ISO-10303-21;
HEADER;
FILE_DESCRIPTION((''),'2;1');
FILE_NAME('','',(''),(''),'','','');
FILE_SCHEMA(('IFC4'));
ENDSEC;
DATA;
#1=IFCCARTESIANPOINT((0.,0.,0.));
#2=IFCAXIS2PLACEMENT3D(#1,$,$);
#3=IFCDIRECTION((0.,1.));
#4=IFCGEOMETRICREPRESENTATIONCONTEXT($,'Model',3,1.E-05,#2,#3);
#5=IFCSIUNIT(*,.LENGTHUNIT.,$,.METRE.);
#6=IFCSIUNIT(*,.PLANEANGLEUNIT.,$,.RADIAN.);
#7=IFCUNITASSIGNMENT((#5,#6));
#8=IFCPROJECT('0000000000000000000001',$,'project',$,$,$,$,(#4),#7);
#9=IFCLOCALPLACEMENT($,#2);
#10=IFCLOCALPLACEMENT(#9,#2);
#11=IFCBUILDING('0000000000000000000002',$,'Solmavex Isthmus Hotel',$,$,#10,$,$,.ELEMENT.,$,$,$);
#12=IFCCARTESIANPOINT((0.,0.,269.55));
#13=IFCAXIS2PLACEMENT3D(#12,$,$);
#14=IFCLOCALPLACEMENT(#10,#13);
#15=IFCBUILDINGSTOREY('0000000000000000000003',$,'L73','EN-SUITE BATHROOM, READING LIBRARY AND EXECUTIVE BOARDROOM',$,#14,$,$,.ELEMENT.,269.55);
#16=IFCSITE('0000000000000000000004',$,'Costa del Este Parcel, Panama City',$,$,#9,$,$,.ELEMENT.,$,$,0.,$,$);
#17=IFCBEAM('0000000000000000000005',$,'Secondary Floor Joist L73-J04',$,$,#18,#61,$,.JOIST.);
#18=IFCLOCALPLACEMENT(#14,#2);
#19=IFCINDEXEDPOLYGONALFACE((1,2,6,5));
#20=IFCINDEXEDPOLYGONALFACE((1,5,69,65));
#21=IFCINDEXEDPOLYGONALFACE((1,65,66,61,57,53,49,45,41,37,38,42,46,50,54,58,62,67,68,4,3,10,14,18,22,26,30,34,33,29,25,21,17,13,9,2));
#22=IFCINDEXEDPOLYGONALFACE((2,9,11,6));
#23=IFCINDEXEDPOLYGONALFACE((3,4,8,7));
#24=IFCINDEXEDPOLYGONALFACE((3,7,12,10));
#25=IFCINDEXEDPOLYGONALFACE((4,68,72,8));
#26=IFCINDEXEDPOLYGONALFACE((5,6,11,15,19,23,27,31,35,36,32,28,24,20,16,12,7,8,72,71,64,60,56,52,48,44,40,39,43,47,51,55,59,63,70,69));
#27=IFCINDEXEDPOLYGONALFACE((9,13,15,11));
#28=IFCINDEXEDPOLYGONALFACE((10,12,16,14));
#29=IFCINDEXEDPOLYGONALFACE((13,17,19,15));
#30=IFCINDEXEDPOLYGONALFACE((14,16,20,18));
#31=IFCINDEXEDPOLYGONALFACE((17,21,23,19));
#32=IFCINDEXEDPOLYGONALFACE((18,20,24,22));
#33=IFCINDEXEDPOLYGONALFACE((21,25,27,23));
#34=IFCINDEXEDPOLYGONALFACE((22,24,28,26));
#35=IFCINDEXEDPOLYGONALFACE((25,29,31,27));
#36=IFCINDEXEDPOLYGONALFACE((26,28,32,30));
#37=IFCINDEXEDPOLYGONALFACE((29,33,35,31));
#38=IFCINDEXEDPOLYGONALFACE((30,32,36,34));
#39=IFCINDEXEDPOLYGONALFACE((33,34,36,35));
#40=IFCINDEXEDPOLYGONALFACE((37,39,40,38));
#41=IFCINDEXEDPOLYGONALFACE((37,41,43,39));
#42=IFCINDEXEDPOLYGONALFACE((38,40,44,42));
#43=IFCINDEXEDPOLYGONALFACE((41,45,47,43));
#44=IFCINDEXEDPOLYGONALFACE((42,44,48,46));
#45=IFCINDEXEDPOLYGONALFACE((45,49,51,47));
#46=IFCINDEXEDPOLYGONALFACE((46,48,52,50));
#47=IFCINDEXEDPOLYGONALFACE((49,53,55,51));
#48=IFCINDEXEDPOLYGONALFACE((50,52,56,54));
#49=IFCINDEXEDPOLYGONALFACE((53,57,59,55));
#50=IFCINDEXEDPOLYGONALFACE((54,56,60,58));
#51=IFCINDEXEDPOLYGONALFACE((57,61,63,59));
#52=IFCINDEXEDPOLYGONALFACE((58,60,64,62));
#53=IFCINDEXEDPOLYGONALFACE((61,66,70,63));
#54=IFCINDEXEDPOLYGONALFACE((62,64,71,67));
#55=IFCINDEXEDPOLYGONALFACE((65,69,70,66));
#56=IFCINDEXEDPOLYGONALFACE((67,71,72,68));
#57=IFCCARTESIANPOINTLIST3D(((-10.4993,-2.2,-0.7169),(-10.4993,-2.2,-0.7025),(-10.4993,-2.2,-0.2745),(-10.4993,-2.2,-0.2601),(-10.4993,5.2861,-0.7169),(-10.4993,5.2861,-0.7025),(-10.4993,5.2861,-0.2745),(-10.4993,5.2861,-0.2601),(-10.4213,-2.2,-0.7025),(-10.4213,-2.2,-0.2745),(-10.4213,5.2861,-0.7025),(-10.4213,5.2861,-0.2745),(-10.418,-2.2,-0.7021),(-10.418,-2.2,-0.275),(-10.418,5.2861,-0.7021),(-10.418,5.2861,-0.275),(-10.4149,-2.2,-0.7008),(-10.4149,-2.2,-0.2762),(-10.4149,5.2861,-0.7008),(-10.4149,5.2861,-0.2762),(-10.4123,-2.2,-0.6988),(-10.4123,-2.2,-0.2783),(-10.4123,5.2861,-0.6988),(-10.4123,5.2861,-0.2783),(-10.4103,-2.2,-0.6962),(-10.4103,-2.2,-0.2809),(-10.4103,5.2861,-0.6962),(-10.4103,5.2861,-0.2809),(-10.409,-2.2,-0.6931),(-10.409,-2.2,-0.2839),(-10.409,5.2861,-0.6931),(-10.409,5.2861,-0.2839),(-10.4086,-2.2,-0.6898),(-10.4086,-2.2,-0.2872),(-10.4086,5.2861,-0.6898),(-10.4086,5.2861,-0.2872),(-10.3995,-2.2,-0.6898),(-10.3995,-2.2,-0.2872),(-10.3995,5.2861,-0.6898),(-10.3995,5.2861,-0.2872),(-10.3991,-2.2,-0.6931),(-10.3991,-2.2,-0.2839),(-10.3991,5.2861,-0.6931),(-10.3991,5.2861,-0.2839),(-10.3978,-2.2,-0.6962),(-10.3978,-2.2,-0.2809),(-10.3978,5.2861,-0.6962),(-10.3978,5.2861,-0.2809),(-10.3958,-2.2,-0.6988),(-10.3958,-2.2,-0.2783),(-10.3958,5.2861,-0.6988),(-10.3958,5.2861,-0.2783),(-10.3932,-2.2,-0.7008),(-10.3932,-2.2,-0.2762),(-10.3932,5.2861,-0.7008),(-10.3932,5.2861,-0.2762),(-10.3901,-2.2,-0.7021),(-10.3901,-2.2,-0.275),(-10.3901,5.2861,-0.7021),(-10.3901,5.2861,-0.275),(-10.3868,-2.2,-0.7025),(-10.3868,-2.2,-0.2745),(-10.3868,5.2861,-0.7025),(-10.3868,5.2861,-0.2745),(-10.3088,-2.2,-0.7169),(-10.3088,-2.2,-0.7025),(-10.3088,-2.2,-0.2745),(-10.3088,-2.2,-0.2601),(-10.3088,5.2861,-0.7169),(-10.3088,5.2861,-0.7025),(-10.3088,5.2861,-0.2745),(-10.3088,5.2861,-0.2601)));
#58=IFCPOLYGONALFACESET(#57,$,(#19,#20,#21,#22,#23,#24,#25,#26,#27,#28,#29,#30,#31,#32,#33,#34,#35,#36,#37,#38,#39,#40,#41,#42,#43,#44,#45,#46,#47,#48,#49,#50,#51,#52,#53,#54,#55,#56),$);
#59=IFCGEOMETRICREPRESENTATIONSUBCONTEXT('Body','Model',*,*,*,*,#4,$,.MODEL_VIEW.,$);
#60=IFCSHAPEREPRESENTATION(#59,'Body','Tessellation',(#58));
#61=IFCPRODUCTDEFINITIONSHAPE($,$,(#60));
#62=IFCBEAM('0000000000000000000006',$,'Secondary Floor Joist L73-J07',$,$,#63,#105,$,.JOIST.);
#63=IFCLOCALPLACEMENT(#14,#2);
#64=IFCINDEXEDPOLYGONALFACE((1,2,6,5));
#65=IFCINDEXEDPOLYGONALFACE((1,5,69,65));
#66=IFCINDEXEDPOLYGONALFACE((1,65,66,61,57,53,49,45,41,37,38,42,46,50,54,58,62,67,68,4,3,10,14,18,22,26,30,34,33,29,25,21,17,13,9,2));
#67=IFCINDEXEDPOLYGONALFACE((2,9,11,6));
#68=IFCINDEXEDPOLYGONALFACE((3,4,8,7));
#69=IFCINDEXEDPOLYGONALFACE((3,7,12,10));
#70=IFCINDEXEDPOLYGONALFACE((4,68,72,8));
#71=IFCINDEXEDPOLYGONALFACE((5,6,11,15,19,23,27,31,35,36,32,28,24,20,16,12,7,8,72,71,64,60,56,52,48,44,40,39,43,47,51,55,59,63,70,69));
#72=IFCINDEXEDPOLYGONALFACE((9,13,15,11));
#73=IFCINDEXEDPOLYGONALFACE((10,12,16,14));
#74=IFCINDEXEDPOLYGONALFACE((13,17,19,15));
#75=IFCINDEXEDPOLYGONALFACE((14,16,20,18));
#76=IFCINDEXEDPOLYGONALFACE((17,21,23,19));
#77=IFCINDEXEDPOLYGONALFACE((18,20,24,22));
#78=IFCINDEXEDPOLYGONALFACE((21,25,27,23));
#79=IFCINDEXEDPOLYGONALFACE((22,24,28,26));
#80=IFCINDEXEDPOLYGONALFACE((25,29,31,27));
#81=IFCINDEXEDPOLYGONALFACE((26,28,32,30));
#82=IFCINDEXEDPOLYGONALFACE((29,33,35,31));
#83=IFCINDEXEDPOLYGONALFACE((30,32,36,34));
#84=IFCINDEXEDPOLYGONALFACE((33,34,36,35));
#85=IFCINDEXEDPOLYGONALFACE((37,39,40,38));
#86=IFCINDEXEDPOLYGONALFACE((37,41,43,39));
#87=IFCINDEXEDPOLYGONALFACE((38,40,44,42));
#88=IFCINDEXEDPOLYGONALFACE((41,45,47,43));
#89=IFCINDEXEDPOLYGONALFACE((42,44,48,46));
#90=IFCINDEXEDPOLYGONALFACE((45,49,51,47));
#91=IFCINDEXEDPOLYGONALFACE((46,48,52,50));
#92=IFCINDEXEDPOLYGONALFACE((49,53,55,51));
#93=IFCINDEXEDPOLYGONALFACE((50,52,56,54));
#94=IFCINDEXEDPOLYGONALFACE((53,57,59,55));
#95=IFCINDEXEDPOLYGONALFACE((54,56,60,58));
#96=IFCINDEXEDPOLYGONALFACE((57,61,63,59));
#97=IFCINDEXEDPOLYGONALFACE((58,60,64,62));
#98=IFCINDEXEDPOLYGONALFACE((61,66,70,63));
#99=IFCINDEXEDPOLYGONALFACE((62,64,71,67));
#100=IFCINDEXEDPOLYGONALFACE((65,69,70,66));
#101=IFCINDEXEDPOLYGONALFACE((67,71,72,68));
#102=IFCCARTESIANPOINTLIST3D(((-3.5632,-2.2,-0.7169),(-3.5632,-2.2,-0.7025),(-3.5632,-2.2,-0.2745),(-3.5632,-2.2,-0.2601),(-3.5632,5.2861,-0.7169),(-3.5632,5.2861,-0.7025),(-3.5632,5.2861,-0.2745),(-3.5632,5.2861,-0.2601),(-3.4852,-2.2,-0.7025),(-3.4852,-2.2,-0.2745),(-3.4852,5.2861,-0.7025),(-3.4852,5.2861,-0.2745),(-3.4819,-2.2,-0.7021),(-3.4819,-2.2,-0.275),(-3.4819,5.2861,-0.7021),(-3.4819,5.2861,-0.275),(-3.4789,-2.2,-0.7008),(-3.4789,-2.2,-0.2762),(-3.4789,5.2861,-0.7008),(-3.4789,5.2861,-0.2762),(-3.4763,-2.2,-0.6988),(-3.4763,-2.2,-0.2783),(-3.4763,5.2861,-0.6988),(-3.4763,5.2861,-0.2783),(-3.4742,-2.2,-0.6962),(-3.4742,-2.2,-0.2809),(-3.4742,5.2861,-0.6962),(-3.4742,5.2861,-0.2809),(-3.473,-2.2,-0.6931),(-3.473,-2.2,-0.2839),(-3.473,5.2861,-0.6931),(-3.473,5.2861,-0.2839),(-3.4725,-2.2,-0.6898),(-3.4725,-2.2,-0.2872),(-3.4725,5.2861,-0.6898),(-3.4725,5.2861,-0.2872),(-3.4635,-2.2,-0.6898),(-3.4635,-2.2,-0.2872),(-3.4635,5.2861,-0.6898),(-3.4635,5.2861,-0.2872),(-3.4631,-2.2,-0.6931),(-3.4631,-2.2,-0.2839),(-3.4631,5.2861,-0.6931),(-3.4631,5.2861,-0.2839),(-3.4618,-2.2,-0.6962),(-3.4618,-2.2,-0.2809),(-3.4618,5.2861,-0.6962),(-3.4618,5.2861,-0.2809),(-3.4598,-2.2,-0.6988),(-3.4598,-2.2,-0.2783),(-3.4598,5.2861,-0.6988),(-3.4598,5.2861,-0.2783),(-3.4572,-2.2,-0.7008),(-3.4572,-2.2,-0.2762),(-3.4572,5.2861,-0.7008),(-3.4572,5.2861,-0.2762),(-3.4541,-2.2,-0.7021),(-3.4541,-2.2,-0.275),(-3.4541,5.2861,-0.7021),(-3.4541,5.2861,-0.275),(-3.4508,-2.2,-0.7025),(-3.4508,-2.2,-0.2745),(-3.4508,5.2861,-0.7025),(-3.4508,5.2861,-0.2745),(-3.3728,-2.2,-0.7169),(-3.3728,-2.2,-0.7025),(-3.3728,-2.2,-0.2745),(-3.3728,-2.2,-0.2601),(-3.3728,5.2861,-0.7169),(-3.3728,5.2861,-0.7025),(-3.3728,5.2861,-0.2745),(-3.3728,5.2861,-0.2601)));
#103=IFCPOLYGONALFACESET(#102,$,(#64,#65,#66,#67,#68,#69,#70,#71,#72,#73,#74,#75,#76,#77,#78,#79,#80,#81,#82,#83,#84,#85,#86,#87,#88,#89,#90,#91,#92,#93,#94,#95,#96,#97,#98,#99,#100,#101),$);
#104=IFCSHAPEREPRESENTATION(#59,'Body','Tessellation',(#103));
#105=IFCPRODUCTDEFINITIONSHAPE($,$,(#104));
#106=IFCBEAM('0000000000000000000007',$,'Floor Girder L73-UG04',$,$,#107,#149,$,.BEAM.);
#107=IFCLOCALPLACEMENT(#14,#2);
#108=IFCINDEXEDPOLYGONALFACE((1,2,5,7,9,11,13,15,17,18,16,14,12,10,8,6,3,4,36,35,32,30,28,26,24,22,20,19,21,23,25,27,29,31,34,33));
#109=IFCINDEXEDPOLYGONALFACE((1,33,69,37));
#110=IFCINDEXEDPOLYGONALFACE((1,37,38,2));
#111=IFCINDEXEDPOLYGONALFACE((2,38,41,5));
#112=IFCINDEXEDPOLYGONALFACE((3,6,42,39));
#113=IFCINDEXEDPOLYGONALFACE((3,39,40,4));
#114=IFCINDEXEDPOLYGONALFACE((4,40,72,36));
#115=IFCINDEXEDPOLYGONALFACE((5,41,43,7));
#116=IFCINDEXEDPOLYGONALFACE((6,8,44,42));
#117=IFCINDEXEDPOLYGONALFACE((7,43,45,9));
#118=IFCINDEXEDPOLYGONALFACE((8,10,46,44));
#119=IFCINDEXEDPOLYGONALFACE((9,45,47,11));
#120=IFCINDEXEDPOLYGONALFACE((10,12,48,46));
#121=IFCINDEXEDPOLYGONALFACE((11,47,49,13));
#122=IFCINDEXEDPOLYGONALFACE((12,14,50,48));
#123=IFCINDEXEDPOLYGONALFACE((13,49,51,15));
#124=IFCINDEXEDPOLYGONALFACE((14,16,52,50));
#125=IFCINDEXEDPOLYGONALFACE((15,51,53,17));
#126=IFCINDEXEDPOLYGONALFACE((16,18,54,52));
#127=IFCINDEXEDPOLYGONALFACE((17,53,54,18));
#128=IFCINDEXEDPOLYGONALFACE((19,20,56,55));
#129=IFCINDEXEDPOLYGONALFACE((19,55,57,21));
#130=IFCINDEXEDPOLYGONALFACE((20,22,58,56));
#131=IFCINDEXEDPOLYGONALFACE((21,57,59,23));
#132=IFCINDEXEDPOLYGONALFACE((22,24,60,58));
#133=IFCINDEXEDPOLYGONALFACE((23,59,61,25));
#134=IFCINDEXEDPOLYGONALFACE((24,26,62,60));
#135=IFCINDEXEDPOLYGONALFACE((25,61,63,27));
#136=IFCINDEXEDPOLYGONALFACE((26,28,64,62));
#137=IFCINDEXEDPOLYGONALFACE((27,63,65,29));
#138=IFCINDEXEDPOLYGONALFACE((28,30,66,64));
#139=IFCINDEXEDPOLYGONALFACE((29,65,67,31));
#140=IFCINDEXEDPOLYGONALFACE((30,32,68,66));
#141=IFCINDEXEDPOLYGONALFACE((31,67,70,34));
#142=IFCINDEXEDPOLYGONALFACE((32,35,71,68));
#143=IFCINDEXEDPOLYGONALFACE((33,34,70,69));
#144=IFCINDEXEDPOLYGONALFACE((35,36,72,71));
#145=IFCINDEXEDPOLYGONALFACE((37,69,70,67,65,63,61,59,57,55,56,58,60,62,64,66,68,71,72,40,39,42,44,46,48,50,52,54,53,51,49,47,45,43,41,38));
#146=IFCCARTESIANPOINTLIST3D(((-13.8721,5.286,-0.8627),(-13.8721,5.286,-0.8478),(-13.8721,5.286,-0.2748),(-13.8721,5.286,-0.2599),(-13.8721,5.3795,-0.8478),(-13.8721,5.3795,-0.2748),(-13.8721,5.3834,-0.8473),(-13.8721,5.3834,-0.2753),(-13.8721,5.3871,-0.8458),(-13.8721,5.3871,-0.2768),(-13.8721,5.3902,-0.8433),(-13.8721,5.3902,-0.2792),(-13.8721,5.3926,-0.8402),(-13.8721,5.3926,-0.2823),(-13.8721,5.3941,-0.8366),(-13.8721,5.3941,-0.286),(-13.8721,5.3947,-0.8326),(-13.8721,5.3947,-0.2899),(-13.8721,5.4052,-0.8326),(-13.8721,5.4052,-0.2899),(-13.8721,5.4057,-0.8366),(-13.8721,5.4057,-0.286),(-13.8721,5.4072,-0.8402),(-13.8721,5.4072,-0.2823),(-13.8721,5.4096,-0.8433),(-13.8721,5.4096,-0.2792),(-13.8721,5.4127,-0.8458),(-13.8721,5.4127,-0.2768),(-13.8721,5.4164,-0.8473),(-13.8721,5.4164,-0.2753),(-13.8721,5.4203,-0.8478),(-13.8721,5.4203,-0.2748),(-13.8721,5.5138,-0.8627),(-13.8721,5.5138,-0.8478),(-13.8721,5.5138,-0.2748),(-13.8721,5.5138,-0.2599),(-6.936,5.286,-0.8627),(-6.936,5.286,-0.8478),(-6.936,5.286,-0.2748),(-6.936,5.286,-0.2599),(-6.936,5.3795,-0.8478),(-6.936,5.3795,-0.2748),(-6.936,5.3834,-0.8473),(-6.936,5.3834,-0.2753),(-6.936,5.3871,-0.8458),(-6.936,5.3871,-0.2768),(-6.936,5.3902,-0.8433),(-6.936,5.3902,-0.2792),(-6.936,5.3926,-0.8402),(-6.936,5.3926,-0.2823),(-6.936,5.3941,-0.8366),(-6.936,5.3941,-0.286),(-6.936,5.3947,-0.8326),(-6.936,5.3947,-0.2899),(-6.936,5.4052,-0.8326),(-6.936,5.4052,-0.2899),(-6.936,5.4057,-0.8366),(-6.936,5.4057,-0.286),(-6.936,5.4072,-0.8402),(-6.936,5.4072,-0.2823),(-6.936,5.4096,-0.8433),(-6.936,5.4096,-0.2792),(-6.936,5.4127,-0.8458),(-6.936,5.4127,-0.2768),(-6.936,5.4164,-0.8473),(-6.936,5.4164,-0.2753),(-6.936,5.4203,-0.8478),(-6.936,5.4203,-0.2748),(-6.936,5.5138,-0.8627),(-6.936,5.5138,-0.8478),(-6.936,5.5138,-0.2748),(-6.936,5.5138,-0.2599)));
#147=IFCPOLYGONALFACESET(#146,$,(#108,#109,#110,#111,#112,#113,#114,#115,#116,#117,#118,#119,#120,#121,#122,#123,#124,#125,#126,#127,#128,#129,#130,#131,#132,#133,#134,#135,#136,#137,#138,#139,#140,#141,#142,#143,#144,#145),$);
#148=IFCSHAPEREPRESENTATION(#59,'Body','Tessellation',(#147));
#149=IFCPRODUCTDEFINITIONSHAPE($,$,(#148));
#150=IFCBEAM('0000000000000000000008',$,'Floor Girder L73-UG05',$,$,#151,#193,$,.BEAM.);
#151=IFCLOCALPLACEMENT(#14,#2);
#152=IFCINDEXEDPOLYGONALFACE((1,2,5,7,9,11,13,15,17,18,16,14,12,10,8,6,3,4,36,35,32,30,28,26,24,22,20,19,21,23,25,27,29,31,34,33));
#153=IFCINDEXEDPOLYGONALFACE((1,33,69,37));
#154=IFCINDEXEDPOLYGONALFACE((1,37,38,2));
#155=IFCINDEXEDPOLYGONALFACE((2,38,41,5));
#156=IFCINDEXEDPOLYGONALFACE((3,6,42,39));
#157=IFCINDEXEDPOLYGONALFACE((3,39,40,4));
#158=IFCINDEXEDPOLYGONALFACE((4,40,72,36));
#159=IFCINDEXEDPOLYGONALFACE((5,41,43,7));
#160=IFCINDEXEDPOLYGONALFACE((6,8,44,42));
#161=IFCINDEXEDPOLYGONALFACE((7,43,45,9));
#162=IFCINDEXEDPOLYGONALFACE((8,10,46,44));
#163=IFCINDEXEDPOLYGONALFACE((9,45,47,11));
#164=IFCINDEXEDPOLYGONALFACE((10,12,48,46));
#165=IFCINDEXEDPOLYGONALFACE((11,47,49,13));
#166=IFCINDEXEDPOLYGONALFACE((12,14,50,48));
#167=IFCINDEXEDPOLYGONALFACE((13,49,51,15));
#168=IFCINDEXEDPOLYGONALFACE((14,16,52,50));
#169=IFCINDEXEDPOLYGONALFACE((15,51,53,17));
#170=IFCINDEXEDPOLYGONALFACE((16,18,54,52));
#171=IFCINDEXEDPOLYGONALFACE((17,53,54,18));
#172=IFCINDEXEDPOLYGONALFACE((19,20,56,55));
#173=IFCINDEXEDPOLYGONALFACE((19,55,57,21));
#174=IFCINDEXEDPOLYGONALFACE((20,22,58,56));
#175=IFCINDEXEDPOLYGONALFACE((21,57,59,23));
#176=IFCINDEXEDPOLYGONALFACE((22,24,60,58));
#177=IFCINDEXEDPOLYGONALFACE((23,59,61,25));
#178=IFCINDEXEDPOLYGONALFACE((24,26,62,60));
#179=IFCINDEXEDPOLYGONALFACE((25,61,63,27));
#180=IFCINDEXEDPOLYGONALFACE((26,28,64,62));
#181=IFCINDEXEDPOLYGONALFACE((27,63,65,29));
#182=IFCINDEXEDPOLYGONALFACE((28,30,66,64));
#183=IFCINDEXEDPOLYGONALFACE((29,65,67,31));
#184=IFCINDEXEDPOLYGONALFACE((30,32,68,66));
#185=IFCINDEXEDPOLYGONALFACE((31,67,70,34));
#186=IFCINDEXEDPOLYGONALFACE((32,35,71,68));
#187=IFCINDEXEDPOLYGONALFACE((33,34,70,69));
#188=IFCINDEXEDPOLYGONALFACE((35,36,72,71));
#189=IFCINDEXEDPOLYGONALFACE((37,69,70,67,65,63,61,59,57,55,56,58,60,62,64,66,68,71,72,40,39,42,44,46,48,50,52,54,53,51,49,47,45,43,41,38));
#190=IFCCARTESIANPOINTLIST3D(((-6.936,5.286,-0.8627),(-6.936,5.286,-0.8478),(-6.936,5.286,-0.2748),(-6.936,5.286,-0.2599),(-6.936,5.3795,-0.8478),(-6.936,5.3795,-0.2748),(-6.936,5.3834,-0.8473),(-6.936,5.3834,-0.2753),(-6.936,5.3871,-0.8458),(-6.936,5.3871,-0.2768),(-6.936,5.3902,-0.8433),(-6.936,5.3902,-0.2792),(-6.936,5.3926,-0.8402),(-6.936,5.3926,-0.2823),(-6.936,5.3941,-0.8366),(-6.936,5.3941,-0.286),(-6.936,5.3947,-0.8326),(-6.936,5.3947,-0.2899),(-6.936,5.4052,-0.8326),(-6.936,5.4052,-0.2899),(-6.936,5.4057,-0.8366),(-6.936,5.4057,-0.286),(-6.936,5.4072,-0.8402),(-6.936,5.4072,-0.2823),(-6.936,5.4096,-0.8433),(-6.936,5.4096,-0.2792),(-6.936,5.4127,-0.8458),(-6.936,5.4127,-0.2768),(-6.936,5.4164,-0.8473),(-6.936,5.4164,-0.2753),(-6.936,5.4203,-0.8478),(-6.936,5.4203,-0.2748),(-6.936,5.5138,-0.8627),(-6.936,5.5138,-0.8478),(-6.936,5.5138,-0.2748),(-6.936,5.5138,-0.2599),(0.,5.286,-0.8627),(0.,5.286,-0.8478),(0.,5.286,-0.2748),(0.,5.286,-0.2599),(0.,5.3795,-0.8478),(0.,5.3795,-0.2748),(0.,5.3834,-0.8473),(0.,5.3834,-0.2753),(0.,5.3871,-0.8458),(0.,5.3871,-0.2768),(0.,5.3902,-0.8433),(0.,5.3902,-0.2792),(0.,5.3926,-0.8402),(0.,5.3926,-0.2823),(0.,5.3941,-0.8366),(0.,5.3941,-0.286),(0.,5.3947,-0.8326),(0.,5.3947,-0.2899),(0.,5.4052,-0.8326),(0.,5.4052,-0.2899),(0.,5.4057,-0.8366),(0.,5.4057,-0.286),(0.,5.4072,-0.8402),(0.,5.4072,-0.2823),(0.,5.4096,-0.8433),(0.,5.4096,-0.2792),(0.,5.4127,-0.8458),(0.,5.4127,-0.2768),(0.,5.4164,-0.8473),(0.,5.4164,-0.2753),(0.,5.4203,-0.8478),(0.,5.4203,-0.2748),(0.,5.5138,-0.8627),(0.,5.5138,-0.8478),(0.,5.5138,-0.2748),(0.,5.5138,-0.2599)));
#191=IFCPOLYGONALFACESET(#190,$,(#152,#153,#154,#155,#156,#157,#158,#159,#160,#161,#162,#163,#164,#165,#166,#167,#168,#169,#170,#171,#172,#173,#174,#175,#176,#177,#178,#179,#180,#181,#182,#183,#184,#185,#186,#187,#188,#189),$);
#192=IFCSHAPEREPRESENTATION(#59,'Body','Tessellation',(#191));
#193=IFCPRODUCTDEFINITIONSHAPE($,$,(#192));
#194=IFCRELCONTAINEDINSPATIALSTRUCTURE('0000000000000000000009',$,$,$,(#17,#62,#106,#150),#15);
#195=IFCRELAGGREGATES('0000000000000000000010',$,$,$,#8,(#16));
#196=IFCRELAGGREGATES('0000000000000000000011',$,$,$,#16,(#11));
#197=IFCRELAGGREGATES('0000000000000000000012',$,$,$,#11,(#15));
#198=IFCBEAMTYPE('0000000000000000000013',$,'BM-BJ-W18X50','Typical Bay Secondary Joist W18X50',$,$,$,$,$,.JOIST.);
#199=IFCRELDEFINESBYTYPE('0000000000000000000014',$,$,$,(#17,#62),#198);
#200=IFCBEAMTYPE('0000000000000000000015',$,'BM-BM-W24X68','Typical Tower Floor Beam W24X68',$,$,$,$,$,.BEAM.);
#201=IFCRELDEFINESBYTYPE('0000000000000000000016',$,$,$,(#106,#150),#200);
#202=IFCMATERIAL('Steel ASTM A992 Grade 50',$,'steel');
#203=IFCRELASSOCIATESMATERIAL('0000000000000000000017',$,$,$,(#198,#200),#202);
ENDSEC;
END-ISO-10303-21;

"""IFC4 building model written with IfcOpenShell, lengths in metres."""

from ifc_helpers import new_model, si_unit, direction, frame, origin, origin_2d, place, context, subcontext, project, spatial, i_section, extrude, material, material_profile, profile_set, type_object, element, save


model = new_model("IFC4")

# Units and contexts
model_context = context("Model", 3, precision=1e-05, world=origin(), true_north=direction((0.0, 1.0)))
body_context = subcontext(model_context, "Body", "Model", "MODEL_VIEW")
ifc_project = project(units=[si_unit("LENGTHUNIT", "METRE"), si_unit("PLANEANGLEUNIT", "RADIAN")], contexts=[model_context])

# Site, building, storey
site_placement = place(None, origin())
site = spatial("IfcSite", under=ifc_project, at=site_placement, Name="Costa del Este Parcel, Panama City", CompositionType="ELEMENT", RefElevation=0.0)
building_placement = place(site_placement, origin())
building = spatial("IfcBuilding", under=site, at=building_placement, Name="Solmavex Isthmus Hotel", CompositionType="ELEMENT")
storey_placement = place(building_placement, frame((0.0, 0.0, 269.55)))
storey = spatial("IfcBuildingStorey", under=building, at=storey_placement, Name="L73", Description="EN-SUITE BATHROOM, READING LIBRARY AND EXECUTIVE BOARDROOM", CompositionType="ELEMENT", Elevation=269.55)

# Beams
ifc_material_1 = material(Name="Steel ASTM A992 Grade 50", Category="steel")
ifc_material_profile_1 = material_profile(ifc_material_1, i_section(OverallWidth=0.1904, OverallDepth=0.4568, WebThickness=0.009, FlangeThickness=0.0144, FilletRadius=0.0127, at=origin_2d()), Name="W18X50")
ifc_profile_set_1 = profile_set([ifc_material_profile_1], Name="Steel ASTM A992 Grade 50")
beam_type_1 = type_object("IfcBeamType", Name="BM-BJ-W18X50", Description="Typical Bay Secondary Joist W18X50", PredefinedType="JOIST", material=ifc_profile_set_1)
for number, where, z_axis, x_axis, name in (
    (1, (-10.4041, -2.2, -0.4885), (0.0, 1.0, 0.0), (-1.0, 0.0, 0.0), "Secondary Floor Joist L73-J04"),
    (2, (-3.468, -2.2, -0.4885), (0.0, 1.0, 0.0), (-1.0, 0.0, 0.0), "Secondary Floor Joist L73-J07"),
):
    element("IfcBeam", number, at=place(storey_placement, frame(where, z_axis=z_axis, x_axis=x_axis)), inside=storey, type_object=beam_type_1, Name=name, PredefinedType="JOIST", context=body_context, shape_type="SweptSolid", body=[
        extrude(i_section(OverallWidth=0.1904, OverallDepth=0.4568, WebThickness=0.009, FlangeThickness=0.0144, FilletRadius=0.0127, at=origin_2d()), origin(), (0.0, 0.0, 1.0), 7.4861),
    ])
ifc_material_profile_2 = material_profile(ifc_material_1, i_section(OverallWidth=0.2278, OverallDepth=0.6028, WebThickness=0.0105, FlangeThickness=0.0149, FilletRadius=0.0151, at=origin_2d()), Name="W24X68")
ifc_profile_set_2 = profile_set([ifc_material_profile_2], Name="Steel ASTM A992 Grade 50")
beam_type_2 = type_object("IfcBeamType", Name="BM-BM-W24X68", Description="Typical Tower Floor Beam W24X68", PredefinedType="BEAM", material=ifc_profile_set_2)
for number, where, z_axis, x_axis, name in (
    (3, (-13.8721, 5.3999, -0.5613), (1.0, 0.0, 0.0), (0.0, 1.0, 0.0), "Floor Girder L73-UG04"),
    (4, (-6.936, 5.3999, -0.5613), (1.0, 0.0, 0.0), (0.0, 1.0, 0.0), "Floor Girder L73-UG05"),
):
    element("IfcBeam", number, at=place(storey_placement, frame(where, z_axis=z_axis, x_axis=x_axis)), inside=storey, type_object=beam_type_2, Name=name, PredefinedType="BEAM", context=body_context, shape_type="SweptSolid", body=[
        extrude(i_section(OverallWidth=0.2278, OverallDepth=0.6028, WebThickness=0.0105, FlangeThickness=0.0149, FilletRadius=0.0151, at=origin_2d()), origin(), (0.0, 0.0, 1.0), 6.936),
    ])

save(model, "model.ifc")
